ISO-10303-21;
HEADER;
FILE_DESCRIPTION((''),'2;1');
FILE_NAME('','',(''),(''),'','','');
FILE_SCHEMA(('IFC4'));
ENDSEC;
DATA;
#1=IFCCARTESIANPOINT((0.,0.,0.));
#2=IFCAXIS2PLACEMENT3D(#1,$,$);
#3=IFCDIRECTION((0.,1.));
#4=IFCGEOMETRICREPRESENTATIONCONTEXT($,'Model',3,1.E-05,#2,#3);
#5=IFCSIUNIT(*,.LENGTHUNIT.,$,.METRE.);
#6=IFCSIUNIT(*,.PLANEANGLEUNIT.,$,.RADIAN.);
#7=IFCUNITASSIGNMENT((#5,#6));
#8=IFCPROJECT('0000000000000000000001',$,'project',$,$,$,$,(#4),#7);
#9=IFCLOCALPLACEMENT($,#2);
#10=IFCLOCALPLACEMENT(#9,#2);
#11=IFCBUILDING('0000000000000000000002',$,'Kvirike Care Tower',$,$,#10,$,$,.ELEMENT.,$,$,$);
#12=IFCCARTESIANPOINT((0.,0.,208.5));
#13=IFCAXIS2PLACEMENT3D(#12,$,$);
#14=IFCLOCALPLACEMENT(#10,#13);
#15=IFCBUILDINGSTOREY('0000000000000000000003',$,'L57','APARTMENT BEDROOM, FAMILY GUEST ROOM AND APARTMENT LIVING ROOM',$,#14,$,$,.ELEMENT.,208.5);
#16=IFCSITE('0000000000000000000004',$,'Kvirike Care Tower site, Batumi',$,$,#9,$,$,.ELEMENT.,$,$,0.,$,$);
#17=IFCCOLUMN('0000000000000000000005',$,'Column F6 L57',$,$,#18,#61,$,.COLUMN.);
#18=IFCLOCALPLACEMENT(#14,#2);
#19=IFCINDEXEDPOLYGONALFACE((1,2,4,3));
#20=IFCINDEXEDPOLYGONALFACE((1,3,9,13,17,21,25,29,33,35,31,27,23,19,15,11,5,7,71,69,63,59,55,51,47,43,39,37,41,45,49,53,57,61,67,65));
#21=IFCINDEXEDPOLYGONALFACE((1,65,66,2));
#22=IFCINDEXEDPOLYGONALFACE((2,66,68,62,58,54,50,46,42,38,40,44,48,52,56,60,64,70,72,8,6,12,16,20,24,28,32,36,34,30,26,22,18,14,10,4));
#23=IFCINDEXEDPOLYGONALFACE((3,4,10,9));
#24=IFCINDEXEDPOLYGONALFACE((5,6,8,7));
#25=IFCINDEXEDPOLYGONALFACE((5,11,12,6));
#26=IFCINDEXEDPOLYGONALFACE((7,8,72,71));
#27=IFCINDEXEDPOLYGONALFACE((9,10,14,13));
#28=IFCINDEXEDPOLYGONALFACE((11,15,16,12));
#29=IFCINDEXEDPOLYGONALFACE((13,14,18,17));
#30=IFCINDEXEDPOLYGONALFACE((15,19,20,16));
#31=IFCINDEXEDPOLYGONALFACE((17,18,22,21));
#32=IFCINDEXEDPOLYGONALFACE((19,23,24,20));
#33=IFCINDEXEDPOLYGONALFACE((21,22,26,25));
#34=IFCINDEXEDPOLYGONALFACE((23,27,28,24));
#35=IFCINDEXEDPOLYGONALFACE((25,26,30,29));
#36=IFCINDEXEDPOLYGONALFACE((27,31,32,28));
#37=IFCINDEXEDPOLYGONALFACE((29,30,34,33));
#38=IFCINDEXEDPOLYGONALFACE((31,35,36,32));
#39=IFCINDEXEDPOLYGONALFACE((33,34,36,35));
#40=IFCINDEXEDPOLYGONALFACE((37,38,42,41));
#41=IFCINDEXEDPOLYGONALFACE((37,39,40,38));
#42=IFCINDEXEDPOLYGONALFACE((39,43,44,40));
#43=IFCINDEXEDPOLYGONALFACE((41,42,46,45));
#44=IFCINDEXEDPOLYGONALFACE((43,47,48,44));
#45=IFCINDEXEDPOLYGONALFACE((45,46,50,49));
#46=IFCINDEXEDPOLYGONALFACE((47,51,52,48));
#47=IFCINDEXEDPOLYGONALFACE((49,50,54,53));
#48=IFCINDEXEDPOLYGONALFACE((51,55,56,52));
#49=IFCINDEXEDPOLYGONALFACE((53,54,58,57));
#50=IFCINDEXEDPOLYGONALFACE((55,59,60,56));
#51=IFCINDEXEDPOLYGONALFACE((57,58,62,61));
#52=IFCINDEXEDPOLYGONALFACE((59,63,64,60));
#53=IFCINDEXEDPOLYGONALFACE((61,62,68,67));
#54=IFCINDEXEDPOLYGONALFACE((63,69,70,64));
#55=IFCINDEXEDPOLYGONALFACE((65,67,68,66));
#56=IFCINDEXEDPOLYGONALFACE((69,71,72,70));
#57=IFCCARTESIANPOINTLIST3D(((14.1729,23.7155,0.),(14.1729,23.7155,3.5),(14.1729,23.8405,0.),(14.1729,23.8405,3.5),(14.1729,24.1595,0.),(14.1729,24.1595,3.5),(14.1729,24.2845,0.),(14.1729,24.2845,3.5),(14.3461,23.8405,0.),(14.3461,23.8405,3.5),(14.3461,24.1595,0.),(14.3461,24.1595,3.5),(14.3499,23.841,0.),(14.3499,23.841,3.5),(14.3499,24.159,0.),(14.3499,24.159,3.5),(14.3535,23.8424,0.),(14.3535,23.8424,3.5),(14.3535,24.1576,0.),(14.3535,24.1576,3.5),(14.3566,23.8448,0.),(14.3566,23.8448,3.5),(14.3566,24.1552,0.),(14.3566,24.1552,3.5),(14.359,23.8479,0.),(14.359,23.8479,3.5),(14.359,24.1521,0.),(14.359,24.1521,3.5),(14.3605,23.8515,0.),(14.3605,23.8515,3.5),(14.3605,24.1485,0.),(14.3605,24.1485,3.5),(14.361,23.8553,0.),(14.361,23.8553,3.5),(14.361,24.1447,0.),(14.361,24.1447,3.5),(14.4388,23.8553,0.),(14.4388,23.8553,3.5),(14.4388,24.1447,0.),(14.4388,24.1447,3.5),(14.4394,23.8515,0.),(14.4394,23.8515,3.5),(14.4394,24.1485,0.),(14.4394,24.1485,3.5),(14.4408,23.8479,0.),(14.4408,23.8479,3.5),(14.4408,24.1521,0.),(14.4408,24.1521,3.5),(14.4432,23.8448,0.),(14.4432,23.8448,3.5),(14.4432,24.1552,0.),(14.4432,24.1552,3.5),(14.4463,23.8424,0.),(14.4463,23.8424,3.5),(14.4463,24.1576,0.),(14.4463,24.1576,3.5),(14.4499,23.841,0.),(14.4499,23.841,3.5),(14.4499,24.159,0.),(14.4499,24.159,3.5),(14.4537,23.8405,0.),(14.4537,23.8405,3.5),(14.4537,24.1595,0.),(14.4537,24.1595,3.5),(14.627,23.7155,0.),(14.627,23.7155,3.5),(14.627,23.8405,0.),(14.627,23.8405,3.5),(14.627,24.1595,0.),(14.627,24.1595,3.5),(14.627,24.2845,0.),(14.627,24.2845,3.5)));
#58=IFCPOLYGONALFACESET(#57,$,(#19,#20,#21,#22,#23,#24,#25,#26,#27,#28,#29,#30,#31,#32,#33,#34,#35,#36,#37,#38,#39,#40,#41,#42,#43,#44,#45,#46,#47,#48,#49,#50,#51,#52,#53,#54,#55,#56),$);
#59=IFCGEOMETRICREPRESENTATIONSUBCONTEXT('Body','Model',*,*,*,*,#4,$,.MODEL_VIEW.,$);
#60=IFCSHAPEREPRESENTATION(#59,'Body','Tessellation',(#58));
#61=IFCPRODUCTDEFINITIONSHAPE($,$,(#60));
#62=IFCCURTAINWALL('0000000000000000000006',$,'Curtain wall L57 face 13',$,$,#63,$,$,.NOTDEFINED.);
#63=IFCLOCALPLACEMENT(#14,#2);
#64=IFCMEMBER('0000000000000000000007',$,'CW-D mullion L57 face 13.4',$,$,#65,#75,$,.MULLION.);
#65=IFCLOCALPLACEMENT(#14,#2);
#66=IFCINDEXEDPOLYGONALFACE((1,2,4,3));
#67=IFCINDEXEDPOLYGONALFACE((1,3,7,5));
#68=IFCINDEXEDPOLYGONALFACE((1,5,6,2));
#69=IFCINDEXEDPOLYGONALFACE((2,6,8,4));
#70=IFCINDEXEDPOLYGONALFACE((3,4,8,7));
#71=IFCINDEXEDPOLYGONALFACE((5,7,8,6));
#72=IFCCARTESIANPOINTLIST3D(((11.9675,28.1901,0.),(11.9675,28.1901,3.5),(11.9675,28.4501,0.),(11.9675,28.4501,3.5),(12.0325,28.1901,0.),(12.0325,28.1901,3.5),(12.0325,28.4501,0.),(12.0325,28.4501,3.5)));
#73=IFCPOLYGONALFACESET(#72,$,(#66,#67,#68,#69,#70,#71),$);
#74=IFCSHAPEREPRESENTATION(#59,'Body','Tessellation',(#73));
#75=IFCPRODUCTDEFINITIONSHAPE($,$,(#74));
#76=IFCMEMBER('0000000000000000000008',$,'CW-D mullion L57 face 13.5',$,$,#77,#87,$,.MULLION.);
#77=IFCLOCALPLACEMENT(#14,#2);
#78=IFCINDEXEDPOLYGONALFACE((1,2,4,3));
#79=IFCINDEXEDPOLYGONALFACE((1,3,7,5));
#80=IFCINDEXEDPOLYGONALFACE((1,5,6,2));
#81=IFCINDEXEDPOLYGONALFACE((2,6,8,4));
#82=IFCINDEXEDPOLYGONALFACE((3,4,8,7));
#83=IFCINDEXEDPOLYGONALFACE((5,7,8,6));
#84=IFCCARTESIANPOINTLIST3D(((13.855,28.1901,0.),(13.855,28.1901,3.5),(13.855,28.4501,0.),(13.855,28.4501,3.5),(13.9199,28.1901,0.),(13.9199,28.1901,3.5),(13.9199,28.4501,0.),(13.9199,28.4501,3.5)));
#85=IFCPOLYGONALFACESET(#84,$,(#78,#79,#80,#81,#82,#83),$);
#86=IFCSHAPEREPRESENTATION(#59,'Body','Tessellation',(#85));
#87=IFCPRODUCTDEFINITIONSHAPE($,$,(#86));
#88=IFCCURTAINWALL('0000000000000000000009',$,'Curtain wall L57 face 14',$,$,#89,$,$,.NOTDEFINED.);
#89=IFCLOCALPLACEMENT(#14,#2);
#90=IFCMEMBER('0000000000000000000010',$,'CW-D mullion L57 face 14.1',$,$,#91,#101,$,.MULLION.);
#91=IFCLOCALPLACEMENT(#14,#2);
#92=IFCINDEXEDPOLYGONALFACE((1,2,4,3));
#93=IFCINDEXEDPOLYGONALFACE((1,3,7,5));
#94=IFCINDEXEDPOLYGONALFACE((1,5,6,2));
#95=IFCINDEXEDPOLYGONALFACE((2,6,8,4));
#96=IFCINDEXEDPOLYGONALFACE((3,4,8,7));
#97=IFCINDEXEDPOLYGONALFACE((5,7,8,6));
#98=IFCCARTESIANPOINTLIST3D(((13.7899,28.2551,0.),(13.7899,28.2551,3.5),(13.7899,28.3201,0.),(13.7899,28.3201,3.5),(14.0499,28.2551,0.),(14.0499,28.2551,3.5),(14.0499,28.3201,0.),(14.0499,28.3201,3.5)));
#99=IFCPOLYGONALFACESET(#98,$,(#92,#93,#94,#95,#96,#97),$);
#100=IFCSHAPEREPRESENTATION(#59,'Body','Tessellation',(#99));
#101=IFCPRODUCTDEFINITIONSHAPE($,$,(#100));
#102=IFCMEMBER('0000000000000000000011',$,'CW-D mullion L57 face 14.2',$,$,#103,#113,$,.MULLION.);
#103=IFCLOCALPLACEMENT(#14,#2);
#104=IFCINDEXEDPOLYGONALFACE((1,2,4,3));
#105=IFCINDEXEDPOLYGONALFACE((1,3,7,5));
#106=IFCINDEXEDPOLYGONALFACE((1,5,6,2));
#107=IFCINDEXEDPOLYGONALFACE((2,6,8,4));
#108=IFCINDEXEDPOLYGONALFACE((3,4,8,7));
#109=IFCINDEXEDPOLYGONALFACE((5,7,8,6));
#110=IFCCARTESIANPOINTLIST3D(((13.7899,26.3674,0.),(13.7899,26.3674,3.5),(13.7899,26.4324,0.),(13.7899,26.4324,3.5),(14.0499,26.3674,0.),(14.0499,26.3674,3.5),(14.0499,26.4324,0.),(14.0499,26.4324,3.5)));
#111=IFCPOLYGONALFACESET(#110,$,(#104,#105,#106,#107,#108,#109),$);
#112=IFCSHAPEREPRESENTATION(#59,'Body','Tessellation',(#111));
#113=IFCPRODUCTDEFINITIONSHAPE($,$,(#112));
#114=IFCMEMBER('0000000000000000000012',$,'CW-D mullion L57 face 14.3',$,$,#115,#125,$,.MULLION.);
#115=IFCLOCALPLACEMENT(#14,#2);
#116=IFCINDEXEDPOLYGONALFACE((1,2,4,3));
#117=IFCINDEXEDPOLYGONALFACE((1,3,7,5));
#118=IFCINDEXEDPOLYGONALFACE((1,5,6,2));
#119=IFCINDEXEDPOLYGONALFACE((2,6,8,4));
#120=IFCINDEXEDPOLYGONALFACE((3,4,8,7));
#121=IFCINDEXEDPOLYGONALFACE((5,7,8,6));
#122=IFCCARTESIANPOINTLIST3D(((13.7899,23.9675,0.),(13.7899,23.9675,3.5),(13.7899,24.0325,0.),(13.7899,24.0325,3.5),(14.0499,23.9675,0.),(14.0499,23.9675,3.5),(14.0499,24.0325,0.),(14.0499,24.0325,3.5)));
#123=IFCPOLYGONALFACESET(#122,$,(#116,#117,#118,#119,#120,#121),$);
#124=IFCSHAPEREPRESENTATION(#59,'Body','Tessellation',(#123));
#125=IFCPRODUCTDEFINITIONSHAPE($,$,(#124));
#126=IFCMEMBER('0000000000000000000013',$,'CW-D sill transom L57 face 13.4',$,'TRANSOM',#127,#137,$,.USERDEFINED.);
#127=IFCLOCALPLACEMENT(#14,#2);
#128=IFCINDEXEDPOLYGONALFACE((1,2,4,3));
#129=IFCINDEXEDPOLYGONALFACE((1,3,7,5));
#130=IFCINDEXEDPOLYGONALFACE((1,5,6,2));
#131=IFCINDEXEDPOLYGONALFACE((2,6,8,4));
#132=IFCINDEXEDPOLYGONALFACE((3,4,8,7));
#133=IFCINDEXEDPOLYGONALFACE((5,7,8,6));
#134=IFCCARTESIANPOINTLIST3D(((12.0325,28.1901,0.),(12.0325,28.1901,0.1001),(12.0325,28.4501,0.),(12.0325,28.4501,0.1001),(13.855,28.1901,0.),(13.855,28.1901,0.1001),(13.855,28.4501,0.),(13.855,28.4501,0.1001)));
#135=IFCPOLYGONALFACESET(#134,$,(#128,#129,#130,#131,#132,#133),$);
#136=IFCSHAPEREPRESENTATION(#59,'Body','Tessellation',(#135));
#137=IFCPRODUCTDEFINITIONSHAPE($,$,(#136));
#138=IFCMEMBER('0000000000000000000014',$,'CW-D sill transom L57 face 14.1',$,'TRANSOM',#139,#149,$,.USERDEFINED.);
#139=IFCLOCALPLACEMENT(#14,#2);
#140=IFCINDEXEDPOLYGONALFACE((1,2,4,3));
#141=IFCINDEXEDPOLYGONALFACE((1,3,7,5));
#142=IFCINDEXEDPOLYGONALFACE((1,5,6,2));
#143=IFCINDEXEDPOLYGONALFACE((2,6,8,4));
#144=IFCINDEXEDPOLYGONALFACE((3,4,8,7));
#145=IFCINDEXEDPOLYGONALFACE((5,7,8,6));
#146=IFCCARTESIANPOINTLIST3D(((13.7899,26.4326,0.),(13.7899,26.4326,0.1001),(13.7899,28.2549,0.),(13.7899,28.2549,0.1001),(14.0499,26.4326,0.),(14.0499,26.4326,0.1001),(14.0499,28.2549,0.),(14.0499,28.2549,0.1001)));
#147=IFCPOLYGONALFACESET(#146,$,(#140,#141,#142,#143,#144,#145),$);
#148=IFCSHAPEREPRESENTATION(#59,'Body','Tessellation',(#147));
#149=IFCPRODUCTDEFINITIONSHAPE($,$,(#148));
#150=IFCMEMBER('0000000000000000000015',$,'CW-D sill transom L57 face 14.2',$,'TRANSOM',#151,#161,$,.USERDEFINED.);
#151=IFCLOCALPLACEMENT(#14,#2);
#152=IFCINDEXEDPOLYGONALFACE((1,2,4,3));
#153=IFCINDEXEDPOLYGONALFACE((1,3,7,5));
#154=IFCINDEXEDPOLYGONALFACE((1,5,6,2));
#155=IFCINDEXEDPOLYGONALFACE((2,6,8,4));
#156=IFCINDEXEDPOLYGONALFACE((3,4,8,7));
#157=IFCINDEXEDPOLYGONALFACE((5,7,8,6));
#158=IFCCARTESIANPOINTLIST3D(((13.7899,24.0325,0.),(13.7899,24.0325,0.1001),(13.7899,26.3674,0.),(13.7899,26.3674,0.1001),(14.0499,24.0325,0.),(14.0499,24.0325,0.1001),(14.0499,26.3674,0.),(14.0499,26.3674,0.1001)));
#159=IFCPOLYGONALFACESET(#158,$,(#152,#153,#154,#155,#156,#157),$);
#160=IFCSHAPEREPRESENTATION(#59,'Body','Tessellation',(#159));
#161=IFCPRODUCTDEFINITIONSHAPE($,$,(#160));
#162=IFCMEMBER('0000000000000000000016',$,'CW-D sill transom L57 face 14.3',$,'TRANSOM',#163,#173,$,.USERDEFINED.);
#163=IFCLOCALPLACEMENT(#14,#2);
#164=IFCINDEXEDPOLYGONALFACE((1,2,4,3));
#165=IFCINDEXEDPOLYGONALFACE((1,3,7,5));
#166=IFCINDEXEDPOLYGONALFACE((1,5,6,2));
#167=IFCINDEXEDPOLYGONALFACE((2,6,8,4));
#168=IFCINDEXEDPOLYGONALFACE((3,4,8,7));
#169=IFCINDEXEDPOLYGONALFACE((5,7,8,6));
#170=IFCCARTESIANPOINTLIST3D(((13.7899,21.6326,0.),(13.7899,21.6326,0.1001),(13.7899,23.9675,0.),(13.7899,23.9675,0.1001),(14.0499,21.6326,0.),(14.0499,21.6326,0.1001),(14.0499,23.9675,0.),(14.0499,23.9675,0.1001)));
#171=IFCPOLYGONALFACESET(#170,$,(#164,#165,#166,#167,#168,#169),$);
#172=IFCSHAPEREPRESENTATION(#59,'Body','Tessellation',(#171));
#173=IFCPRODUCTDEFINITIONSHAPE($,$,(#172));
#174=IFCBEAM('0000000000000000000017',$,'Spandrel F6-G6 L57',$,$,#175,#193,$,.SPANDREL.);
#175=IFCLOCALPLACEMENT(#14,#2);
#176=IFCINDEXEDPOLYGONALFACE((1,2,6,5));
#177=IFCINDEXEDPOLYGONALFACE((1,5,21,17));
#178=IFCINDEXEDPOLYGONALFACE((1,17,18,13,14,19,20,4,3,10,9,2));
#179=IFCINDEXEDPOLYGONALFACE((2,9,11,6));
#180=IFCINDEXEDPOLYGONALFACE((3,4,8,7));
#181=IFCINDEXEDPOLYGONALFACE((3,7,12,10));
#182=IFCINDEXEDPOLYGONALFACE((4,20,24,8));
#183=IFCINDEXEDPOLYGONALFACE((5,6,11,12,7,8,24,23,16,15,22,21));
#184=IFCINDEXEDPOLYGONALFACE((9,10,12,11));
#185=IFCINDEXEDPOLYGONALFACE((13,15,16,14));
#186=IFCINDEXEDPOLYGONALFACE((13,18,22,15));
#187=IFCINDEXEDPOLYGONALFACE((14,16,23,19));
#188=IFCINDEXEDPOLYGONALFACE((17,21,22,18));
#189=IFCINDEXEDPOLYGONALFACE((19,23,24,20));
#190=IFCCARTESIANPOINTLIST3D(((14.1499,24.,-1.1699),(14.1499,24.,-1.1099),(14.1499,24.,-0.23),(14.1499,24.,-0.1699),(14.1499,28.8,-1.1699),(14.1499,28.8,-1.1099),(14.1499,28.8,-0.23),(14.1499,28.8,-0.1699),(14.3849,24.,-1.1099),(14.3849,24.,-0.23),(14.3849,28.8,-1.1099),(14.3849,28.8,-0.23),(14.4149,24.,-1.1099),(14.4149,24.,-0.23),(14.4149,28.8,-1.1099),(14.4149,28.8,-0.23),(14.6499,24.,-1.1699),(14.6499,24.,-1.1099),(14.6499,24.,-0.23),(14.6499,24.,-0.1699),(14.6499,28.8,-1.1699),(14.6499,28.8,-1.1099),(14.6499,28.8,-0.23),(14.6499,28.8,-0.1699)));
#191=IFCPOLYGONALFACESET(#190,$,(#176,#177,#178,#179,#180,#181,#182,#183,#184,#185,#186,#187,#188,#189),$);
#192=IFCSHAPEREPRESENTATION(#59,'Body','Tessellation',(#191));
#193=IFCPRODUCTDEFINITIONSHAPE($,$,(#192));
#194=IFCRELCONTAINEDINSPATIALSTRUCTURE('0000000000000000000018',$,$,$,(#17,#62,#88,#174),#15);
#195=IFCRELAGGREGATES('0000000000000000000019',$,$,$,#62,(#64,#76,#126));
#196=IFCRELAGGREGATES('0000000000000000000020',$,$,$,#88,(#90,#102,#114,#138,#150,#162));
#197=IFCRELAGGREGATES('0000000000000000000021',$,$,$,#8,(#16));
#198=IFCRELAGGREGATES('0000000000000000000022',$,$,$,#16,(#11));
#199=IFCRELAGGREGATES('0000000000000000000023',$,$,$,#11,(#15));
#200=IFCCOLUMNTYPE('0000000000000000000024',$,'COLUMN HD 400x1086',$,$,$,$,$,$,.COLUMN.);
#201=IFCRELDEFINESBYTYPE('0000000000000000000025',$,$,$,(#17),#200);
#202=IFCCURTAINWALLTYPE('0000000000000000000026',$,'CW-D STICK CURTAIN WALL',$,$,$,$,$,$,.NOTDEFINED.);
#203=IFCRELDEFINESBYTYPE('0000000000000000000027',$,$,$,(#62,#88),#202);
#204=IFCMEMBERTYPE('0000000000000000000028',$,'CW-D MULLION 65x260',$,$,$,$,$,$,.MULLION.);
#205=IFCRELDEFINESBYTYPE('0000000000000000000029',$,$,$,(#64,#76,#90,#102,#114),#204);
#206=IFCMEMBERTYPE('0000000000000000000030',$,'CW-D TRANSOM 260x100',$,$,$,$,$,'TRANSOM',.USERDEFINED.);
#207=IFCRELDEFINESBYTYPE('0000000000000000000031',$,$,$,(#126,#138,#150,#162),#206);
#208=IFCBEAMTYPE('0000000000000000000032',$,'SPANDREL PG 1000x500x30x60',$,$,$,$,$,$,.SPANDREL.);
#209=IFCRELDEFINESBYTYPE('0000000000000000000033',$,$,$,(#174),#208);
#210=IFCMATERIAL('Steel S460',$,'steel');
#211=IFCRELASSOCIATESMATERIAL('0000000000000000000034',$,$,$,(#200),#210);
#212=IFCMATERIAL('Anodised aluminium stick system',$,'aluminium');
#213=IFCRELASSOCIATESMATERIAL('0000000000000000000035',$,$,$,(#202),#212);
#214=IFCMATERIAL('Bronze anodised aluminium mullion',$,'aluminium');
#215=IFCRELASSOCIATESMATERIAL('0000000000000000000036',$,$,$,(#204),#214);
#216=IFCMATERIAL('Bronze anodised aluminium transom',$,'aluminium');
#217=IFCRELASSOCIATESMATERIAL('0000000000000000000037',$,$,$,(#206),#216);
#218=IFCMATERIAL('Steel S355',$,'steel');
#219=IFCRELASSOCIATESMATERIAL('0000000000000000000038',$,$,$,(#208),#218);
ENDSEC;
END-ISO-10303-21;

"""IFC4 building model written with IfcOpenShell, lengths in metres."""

from ifc_helpers import new_model, si_unit, direction, frame, origin, origin_2d, place, context, subcontext, project, spatial, rectangle, i_section, extrude, material, material_profile, profile_set, type_object, element, aggregate, save


model = new_model("IFC4")

# Units and contexts
model_context = context("Model", 3, precision=1e-05, world=origin(), true_north=direction((0.0, 1.0)))
body_context = subcontext(model_context, "Body", "Model", "MODEL_VIEW")
ifc_project = project(units=[si_unit("LENGTHUNIT", "METRE"), si_unit("PLANEANGLEUNIT", "RADIAN")], contexts=[model_context])

# Site, building, storey
site_placement = place(None, origin())
site = spatial("IfcSite", under=ifc_project, at=site_placement, Name="Kvirike Care Tower site, Batumi", CompositionType="ELEMENT", RefElevation=0.0)
building_placement = place(site_placement, origin())
building = spatial("IfcBuilding", under=site, at=building_placement, Name="Kvirike Care Tower", CompositionType="ELEMENT")
storey_placement = place(building_placement, frame((0.0, 0.0, 208.5)))
storey = spatial("IfcBuildingStorey", under=building, at=storey_placement, Name="L57", Description="APARTMENT BEDROOM, FAMILY GUEST ROOM AND APARTMENT LIVING ROOM", CompositionType="ELEMENT", Elevation=208.5)

# Column
ifc_material_1 = material(Name="Steel S460", Category="steel")
ifc_material_profile_1 = material_profile(ifc_material_1, i_section(OverallWidth=0.4541, OverallDepth=0.5691, WebThickness=0.0779, FlangeThickness=0.125, FilletRadius=0.0149, at=origin_2d()), Name="HD 400x1086")
ifc_profile_set_1 = profile_set([ifc_material_profile_1], Name="Steel S460")
column_type = type_object("IfcColumnType", Name="COLUMN HD 400x1086", PredefinedType="COLUMN", material=ifc_profile_set_1)
column_placement = place(storey_placement, frame((14.3999, 24.0, 0.0), z_axis=(0.0, 0.0, 1.0), x_axis=(1.0, 0.0, 0.0)))
element("IfcColumn", 1, at=column_placement, inside=storey, type_object=column_type, Name="Column F6 L57", PredefinedType="COLUMN", context=body_context, shape_type="SweptSolid", body=[
    extrude(i_section(OverallWidth=0.4541, OverallDepth=0.5691, WebThickness=0.0779, FlangeThickness=0.125, FilletRadius=0.0149, at=origin_2d()), origin(), (0.0, 0.0, 1.0), 3.5),
])

# Curtain walls, members
ifc_material_2 = material(Name="Anodised aluminium stick system", Category="aluminium")
curtain_wall_type = type_object("IfcCurtainWallType", Name="CW-D STICK CURTAIN WALL", PredefinedType="NOTDEFINED", material=ifc_material_2)
curtain_wall_1_placement = place(storey_placement, origin())
curtain_wall_1 = element("IfcCurtainWall", 2, at=curtain_wall_1_placement, inside=storey, type_object=curtain_wall_type, Name="Curtain wall L57 face 13", PredefinedType="NOTDEFINED")
ifc_material_3 = material(Name="Bronze anodised aluminium mullion", Category="aluminium")
ifc_material_profile_2 = material_profile(ifc_material_3, rectangle(XDim=0.0649, YDim=0.26, at=origin_2d()), Name="CW-D MULLION 65x260")
ifc_profile_set_2 = profile_set([ifc_material_profile_2], Name="Bronze anodised aluminium mullion")
member_type_1 = type_object("IfcMemberType", Name="CW-D MULLION 65x260", PredefinedType="MULLION", material=ifc_profile_set_2)
member_1_placement = place(storey_placement, frame((12.0, 28.3201, 0.0), z_axis=(0.0, 0.0, 1.0), x_axis=(1.0, 0.0, 0.0)))
member_1 = element("IfcMember", 3, at=member_1_placement, type_object=member_type_1, Name="CW-D mullion L57 face 13.4", PredefinedType="MULLION", context=body_context, shape_type="SweptSolid", body=[
    extrude(rectangle(XDim=0.0649, YDim=0.26, at=origin_2d()), origin(), (0.0, 0.0, 1.0), 3.5),
])
member_2_placement = place(storey_placement, frame((13.8875, 28.3201, 0.0), z_axis=(0.0, 0.0, 1.0), x_axis=(1.0, 0.0, 0.0)))
member_2 = element("IfcMember", 4, at=member_2_placement, type_object=member_type_1, Name="CW-D mullion L57 face 13.5", PredefinedType="MULLION", context=body_context, shape_type="SweptSolid", body=[
    extrude(rectangle(XDim=0.0649, YDim=0.26, at=origin_2d()), origin(), (0.0, 0.0, 1.0), 3.5),
])
curtain_wall_2_placement = place(storey_placement, origin())
curtain_wall_2 = element("IfcCurtainWall", 5, at=curtain_wall_2_placement, inside=storey, type_object=curtain_wall_type, Name="Curtain wall L57 face 14", PredefinedType="NOTDEFINED")
member_3_placement = place(storey_placement, frame((13.9199, 28.2876, 0.0), z_axis=(0.0, 0.0, 1.0), x_axis=(0.0, -1.0, 0.0)))
member_3 = element("IfcMember", 6, at=member_3_placement, type_object=member_type_1, Name="CW-D mullion L57 face 14.1", PredefinedType="MULLION", context=body_context, shape_type="SweptSolid", body=[
    extrude(rectangle(XDim=0.0649, YDim=0.26, at=origin_2d()), origin(), (0.0, 0.0, 1.0), 3.5),
])
member_4_placement = place(storey_placement, frame((13.9199, 26.3999, 0.0), z_axis=(0.0, 0.0, 1.0), x_axis=(0.0, -1.0, 0.0)))
member_4 = element("IfcMember", 7, at=member_4_placement, type_object=member_type_1, Name="CW-D mullion L57 face 14.2", PredefinedType="MULLION", context=body_context, shape_type="SweptSolid", body=[
    extrude(rectangle(XDim=0.0649, YDim=0.26, at=origin_2d()), origin(), (0.0, 0.0, 1.0), 3.5),
])
member_5_placement = place(storey_placement, frame((13.9199, 24.0, 0.0), z_axis=(0.0, 0.0, 1.0), x_axis=(0.0, -1.0, 0.0)))
member_5 = element("IfcMember", 8, at=member_5_placement, type_object=member_type_1, Name="CW-D mullion L57 face 14.3", PredefinedType="MULLION", context=body_context, shape_type="SweptSolid", body=[
    extrude(rectangle(XDim=0.0649, YDim=0.26, at=origin_2d()), origin(), (0.0, 0.0, 1.0), 3.5),
])

# Members
ifc_material_4 = material(Name="Bronze anodised aluminium transom", Category="aluminium")
ifc_material_profile_3 = material_profile(ifc_material_4, rectangle(XDim=0.26, YDim=0.1001, at=origin_2d()), Name="CW-D TRANSOM 260x100")
ifc_profile_set_3 = profile_set([ifc_material_profile_3], Name="Bronze anodised aluminium transom")
member_type_2 = type_object("IfcMemberType", Name="CW-D TRANSOM 260x100", ElementType="TRANSOM", PredefinedType="USERDEFINED", material=ifc_profile_set_3)
member_6_placement = place(storey_placement, frame((12.0325, 28.3201, 0.05), z_axis=(1.0, 0.0, 0.0), x_axis=(0.0, 1.0, 0.0)))
member_6 = element("IfcMember", 9, at=member_6_placement, type_object=member_type_2, Name="CW-D sill transom L57 face 13.4", ObjectType="TRANSOM", PredefinedType="USERDEFINED", context=body_context, shape_type="SweptSolid", body=[
    extrude(rectangle(XDim=0.26, YDim=0.1001, at=origin_2d()), origin(), (0.0, 0.0, 1.0), 1.8225),
])
member_7_placement = place(storey_placement, frame((13.9199, 28.2549, 0.05), z_axis=(0.0, -1.0, 0.0), x_axis=(1.0, 0.0, 0.0)))
member_7 = element("IfcMember", 10, at=member_7_placement, type_object=member_type_2, Name="CW-D sill transom L57 face 14.1", ObjectType="TRANSOM", PredefinedType="USERDEFINED", context=body_context, shape_type="SweptSolid", body=[
    extrude(rectangle(XDim=0.26, YDim=0.1001, at=origin_2d()), origin(), (0.0, 0.0, 1.0), 1.8223),
])
member_8_placement = place(storey_placement, frame((13.9199, 26.3674, 0.05), z_axis=(0.0, -1.0, 0.0), x_axis=(1.0, 0.0, 0.0)))
member_8 = element("IfcMember", 11, at=member_8_placement, type_object=member_type_2, Name="CW-D sill transom L57 face 14.2", ObjectType="TRANSOM", PredefinedType="USERDEFINED", context=body_context, shape_type="SweptSolid", body=[
    extrude(rectangle(XDim=0.26, YDim=0.1001, at=origin_2d()), origin(), (0.0, 0.0, 1.0), 2.335),
])
member_9_placement = place(storey_placement, frame((13.9199, 23.9675, 0.05), z_axis=(0.0, -1.0, 0.0), x_axis=(1.0, 0.0, 0.0)))
member_9 = element("IfcMember", 12, at=member_9_placement, type_object=member_type_2, Name="CW-D sill transom L57 face 14.3", ObjectType="TRANSOM", PredefinedType="USERDEFINED", context=body_context, shape_type="SweptSolid", body=[
    extrude(rectangle(XDim=0.26, YDim=0.1001, at=origin_2d()), origin(), (0.0, 0.0, 1.0), 2.335),
])

# Beam
ifc_material_5 = material(Name="Steel S355", Category="steel")
ifc_material_profile_4 = material_profile(ifc_material_5, i_section(OverallWidth=0.5, OverallDepth=1.0, WebThickness=0.03, FlangeThickness=0.0601, at=origin_2d()), Name="PG 1000x500x30x60")
ifc_profile_set_4 = profile_set([ifc_material_profile_4], Name="Steel S355")
beam_type_1 = type_object("IfcBeamType", Name="SPANDREL PG 1000x500x30x60", PredefinedType="SPANDREL", material=ifc_profile_set_4)
beam_placement = place(storey_placement, frame((14.3999, 24.0, -0.6699), z_axis=(0.0, 1.0, 0.0), x_axis=(-1.0, 0.0, 0.0)))
element("IfcBeam", 13, at=beam_placement, inside=storey, type_object=beam_type_1, Name="Spandrel F6-G6 L57", PredefinedType="SPANDREL", context=body_context, shape_type="SweptSolid", body=[
    extrude(i_section(OverallWidth=0.5, OverallDepth=1.0, WebThickness=0.03, FlangeThickness=0.0601, at=origin_2d()), origin(), (0.0, 0.0, 1.0), 4.8),
])

aggregate(curtain_wall_1, [member_1, member_2, member_6])
aggregate(curtain_wall_2, [member_3, member_4, member_5, member_7, member_8, member_9])

save(model, "model.ifc")
